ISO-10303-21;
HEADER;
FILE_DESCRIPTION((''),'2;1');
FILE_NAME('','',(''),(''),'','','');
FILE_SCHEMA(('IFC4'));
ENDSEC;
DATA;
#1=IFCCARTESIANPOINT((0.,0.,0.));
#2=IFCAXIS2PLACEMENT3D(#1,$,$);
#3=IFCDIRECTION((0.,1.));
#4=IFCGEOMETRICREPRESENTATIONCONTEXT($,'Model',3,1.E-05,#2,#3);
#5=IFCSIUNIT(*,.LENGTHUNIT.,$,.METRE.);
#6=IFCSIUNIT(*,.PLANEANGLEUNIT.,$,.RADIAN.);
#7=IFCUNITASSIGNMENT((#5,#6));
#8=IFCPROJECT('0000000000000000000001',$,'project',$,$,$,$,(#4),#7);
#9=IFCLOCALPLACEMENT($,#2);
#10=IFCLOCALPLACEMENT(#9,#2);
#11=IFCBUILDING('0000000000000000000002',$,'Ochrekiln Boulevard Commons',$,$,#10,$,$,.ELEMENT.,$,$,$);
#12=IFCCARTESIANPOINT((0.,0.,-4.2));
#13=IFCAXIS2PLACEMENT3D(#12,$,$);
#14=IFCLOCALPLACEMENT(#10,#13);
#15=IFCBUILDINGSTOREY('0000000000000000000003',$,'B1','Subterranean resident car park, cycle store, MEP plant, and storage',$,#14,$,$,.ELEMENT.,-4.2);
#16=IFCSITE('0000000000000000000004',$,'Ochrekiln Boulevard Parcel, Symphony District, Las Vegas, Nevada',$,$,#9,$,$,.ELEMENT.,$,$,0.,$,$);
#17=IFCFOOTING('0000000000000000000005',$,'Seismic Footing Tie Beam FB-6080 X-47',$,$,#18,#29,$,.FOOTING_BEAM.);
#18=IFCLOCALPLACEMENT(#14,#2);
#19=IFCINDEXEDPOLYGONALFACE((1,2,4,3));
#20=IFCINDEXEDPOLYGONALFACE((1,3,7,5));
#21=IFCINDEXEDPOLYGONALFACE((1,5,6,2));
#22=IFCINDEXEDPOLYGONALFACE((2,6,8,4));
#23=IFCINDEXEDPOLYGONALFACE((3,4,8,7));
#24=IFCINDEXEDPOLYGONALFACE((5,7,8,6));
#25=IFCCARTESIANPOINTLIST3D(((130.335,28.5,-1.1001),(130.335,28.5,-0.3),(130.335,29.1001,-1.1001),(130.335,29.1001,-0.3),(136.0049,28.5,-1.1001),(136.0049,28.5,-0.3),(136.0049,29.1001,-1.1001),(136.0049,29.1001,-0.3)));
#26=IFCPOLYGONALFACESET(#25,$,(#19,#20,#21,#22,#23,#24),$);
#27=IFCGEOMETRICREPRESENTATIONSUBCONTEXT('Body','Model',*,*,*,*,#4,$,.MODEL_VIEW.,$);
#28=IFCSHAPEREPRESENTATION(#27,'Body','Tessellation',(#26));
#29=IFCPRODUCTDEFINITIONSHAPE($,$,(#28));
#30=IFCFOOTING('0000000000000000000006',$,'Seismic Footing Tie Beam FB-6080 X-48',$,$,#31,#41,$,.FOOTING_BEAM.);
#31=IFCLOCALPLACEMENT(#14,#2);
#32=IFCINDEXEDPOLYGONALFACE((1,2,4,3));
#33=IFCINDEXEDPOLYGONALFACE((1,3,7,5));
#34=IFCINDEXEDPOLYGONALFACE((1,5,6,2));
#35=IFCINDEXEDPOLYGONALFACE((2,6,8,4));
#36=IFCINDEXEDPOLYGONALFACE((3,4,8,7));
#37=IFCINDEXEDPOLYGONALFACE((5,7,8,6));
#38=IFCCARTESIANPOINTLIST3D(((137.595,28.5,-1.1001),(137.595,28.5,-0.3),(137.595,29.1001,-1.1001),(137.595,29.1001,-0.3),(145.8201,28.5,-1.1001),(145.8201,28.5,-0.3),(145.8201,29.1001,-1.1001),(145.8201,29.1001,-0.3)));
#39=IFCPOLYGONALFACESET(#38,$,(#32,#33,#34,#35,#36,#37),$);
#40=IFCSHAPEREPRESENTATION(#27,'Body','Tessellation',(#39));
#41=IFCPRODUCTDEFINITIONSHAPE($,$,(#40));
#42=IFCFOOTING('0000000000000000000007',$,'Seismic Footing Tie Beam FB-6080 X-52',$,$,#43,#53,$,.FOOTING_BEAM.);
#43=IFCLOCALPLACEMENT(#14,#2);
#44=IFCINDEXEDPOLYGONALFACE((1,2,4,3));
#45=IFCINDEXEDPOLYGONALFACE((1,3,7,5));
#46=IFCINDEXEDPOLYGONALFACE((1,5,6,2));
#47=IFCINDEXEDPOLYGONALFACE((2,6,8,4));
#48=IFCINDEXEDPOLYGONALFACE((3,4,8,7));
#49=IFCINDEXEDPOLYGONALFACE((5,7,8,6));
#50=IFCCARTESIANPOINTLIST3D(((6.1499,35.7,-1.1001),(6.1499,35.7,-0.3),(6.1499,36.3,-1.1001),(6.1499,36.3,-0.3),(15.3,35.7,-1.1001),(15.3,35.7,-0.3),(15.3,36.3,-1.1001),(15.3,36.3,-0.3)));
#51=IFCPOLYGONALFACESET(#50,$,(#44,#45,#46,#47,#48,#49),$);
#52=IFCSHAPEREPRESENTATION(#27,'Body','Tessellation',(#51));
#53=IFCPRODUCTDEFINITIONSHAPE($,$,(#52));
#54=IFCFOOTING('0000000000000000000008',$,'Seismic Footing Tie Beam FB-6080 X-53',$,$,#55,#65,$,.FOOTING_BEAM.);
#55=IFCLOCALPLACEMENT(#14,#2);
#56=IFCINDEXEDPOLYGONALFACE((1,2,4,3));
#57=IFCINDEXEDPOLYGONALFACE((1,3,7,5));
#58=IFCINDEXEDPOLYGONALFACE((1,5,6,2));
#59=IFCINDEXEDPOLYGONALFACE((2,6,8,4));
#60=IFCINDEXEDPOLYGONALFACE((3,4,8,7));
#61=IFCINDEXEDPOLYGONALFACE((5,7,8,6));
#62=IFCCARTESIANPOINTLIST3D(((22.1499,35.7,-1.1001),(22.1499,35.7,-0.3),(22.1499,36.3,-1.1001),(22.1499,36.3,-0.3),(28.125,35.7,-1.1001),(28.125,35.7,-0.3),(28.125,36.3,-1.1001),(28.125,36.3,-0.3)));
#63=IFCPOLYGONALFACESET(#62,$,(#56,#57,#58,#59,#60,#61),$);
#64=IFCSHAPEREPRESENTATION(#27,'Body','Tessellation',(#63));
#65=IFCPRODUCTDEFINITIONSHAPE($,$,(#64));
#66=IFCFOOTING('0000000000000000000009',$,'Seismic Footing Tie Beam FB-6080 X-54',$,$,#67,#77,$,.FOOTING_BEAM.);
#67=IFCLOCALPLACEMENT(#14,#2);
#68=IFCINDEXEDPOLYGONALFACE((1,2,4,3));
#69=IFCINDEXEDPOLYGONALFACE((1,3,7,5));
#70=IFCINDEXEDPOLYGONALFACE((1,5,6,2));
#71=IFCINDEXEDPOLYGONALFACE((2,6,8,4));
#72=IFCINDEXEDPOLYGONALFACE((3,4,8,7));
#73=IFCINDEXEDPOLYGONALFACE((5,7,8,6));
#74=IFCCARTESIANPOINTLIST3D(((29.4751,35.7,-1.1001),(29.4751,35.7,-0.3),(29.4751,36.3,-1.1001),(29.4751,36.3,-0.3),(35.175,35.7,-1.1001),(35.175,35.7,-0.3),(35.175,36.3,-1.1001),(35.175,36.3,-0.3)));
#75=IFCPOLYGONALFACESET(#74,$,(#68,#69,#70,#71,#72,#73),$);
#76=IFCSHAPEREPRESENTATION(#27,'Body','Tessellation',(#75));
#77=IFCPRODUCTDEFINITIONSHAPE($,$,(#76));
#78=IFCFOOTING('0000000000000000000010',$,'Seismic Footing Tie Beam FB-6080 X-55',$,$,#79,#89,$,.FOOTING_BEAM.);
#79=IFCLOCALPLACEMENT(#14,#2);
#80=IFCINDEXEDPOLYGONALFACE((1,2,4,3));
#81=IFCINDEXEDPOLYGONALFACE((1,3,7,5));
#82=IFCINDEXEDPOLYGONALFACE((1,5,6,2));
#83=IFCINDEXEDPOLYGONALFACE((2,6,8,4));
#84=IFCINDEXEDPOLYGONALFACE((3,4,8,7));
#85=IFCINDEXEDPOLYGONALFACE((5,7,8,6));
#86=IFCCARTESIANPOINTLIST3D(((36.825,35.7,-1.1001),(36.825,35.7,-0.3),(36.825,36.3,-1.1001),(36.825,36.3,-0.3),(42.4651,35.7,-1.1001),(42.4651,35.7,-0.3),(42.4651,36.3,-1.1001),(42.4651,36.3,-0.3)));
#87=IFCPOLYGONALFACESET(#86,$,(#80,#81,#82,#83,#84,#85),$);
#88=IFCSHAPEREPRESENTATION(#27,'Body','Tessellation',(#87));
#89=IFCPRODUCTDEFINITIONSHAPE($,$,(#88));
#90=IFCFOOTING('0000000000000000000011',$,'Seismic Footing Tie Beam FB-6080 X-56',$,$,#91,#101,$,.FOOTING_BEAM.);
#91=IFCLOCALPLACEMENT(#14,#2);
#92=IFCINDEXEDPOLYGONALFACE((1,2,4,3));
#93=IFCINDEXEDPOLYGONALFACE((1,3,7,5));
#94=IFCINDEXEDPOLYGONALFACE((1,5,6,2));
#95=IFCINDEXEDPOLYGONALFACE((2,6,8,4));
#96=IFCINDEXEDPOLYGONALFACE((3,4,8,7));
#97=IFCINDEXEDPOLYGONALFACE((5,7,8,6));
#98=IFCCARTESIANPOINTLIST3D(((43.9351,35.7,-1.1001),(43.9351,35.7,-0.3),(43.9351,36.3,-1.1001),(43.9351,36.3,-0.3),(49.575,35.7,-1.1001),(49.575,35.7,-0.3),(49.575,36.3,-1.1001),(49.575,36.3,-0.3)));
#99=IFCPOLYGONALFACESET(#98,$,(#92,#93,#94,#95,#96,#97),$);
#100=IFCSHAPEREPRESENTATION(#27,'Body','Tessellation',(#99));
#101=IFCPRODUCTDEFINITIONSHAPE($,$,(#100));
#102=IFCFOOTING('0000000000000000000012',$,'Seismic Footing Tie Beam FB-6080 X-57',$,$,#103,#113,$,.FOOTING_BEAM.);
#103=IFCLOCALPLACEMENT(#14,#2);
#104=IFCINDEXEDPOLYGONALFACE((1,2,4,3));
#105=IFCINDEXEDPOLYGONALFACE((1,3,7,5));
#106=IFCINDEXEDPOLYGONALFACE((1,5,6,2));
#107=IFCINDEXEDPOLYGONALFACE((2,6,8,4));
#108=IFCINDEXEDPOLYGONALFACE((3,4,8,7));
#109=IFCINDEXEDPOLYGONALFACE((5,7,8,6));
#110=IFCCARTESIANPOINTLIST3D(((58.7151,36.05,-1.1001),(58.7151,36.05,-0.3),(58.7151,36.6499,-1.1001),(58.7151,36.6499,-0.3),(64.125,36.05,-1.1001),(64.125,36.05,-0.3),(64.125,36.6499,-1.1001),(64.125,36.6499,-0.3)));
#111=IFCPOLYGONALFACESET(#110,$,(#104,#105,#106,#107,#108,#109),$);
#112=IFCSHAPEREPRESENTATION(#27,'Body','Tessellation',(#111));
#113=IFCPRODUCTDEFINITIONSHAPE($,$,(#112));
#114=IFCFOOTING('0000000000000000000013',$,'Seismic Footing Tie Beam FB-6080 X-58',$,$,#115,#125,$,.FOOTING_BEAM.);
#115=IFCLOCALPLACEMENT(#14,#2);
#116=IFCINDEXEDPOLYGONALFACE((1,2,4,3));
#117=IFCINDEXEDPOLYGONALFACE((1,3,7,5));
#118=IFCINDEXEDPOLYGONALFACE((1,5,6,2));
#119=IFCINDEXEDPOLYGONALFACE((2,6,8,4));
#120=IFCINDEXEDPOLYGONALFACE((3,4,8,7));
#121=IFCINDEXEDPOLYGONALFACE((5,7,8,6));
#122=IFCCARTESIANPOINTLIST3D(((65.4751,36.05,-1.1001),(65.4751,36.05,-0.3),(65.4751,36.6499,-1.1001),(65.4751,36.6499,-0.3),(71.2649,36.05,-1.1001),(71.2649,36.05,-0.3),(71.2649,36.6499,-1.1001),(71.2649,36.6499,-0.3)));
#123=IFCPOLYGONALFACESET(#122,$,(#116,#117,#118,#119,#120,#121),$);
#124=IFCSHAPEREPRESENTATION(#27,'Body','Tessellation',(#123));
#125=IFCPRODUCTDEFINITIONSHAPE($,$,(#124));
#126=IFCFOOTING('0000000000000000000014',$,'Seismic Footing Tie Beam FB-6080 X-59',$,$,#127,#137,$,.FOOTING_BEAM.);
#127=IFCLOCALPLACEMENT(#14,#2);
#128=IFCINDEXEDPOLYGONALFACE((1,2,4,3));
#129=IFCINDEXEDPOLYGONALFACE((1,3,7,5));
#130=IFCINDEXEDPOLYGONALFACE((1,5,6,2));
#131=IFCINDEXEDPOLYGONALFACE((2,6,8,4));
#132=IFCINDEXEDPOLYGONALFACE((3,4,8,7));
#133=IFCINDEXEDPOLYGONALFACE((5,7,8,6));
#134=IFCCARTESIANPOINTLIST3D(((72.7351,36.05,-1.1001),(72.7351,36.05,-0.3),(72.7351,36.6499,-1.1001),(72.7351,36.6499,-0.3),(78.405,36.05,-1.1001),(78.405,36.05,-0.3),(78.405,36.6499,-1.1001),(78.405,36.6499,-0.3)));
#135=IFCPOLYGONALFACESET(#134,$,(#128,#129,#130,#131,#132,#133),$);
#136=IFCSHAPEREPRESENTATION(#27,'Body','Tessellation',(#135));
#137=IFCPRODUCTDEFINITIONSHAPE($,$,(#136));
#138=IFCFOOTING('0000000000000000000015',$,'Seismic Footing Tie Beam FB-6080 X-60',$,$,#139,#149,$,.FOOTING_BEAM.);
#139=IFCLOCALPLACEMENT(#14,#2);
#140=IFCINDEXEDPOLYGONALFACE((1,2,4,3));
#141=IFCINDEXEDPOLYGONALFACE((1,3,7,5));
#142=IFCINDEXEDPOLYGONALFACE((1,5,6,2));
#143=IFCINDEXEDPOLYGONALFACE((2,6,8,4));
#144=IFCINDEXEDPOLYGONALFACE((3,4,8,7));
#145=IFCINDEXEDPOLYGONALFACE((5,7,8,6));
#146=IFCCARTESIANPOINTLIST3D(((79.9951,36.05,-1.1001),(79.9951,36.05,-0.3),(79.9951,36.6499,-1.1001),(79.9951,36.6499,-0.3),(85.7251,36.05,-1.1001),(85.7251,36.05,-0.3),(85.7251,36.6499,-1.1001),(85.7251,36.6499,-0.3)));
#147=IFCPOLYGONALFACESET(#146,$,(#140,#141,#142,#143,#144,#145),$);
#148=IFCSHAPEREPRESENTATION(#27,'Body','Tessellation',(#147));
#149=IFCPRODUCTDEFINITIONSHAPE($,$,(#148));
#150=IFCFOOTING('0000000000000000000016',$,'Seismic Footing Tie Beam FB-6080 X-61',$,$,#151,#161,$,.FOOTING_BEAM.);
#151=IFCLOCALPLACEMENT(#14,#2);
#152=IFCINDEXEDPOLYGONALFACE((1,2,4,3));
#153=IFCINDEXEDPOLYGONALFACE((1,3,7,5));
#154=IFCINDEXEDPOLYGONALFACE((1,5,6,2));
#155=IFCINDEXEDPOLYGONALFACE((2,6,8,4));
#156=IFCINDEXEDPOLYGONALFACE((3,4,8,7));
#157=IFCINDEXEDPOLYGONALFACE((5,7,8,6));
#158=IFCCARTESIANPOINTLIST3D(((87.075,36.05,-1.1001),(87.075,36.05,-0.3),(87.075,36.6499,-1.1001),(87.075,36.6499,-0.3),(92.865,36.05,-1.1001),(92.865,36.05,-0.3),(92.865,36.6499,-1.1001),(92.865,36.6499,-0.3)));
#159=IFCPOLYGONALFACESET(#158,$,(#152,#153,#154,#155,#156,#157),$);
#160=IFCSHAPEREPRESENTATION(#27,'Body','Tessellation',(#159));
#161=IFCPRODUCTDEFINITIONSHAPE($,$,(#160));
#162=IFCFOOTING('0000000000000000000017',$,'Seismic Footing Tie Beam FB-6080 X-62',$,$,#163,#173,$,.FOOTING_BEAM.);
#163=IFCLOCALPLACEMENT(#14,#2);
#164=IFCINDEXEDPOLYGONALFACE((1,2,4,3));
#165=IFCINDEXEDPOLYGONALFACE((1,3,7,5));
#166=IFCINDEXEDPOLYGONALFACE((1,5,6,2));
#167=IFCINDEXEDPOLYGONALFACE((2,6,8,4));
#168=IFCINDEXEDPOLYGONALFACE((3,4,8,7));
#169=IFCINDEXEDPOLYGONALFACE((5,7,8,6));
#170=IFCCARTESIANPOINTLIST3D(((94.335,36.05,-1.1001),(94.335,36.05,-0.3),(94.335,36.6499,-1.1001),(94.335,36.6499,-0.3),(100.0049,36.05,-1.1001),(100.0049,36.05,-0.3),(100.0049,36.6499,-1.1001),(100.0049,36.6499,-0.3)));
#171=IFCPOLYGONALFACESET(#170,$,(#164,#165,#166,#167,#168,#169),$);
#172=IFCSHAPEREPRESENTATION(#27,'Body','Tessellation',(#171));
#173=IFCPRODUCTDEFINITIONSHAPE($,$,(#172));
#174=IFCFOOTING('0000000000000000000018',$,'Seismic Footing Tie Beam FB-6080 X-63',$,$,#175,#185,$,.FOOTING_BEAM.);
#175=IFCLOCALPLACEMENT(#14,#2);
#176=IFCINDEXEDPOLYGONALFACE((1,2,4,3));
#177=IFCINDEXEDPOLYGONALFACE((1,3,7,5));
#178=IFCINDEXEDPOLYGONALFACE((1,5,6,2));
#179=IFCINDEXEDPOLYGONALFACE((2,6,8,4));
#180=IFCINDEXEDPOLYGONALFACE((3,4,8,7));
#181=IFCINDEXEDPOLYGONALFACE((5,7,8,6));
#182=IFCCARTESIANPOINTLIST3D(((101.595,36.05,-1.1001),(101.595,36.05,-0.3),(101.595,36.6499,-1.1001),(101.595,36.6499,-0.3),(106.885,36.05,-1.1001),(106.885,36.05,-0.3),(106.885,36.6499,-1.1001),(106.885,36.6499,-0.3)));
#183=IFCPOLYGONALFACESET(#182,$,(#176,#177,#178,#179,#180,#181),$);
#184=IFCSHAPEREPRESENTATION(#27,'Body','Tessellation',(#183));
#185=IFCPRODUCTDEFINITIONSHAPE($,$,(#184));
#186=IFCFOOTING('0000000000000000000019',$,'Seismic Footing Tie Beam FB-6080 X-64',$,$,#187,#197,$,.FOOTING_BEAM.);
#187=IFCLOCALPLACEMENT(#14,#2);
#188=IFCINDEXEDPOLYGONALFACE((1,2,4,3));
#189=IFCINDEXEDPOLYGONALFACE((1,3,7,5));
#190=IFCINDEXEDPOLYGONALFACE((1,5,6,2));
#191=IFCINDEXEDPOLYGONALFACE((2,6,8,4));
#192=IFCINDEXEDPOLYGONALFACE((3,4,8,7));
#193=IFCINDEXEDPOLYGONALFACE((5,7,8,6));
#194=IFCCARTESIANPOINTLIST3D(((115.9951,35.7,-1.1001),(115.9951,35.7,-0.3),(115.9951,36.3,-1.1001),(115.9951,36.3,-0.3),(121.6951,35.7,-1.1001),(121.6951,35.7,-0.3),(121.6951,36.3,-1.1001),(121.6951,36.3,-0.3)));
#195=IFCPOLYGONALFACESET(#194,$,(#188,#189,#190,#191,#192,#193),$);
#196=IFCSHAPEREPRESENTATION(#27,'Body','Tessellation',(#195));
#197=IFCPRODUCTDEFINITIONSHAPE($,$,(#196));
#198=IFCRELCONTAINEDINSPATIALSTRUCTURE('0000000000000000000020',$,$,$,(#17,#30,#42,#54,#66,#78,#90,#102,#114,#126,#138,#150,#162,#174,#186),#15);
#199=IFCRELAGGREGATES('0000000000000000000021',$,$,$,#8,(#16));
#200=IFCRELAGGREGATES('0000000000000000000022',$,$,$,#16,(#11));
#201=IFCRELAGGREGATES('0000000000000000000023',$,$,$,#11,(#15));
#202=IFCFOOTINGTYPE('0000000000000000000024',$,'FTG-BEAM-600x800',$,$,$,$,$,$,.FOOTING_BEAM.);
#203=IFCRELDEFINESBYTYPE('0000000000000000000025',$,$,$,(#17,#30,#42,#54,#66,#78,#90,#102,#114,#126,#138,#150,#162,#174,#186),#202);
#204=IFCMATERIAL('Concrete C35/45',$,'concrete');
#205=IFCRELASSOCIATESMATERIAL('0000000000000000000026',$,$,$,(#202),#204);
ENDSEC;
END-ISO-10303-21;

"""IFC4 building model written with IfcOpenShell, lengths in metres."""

from ifc_helpers import new_model, si_unit, direction, frame, origin, place, context, subcontext, project, spatial, polyline, outline, extrude, material, type_object, element, save


model = new_model("IFC4")

# Units and contexts
model_context = context("Model", 3, precision=1e-05, world=origin(), true_north=direction((0.0, 1.0)))
body_context = subcontext(model_context, "Body", "Model", "MODEL_VIEW")
ifc_project = project(units=[si_unit("LENGTHUNIT", "METRE"), si_unit("PLANEANGLEUNIT", "RADIAN")], contexts=[model_context])

# Site, building, storey
site_placement = place(None, origin())
site = spatial("IfcSite", under=ifc_project, at=site_placement, Name="Ochrekiln Boulevard Parcel, Symphony District, Las Vegas, Nevada", CompositionType="ELEMENT", RefElevation=0.0)
building_placement = place(site_placement, origin())
building = spatial("IfcBuilding", under=site, at=building_placement, Name="Ochrekiln Boulevard Commons", CompositionType="ELEMENT")
storey_placement = place(building_placement, frame((0.0, 0.0, -4.2)))
storey = spatial("IfcBuildingStorey", under=building, at=storey_placement, Name="B1", Description="Subterranean resident car park, cycle store, MEP plant, and storage", CompositionType="ELEMENT", Elevation=-4.2)

# Footings
ifc_material = material(Name="Concrete C35/45", Category="concrete")
footing_type = type_object("IfcFootingType", Name="FTG-BEAM-600x800", PredefinedType="FOOTING_BEAM", material=ifc_material)
footing_1_placement = place(storey_placement, frame((0.0, 0.0, -1.1001)))
element("IfcFooting", 1, at=footing_1_placement, inside=storey, type_object=footing_type, Name="Seismic Footing Tie Beam FB-6080 X-47", PredefinedType="FOOTING_BEAM", context=body_context, shape_type="SweptSolid", body=[
    extrude(outline(polyline([(130.335, 28.5), (136.0049, 28.5), (136.0049, 29.1001), (130.335, 29.1001), (130.335, 28.5)])), origin(), (0.0, 0.0, 1.0), 0.8),
])
footing_2_placement = place(storey_placement, frame((0.0, 0.0, -1.1001)))
element("IfcFooting", 2, at=footing_2_placement, inside=storey, type_object=footing_type, Name="Seismic Footing Tie Beam FB-6080 X-48", PredefinedType="FOOTING_BEAM", context=body_context, shape_type="SweptSolid", body=[
    extrude(outline(polyline([(137.595, 28.5), (145.8201, 28.5), (145.8201, 29.1001), (137.595, 29.1001), (137.595, 28.5)])), origin(), (0.0, 0.0, 1.0), 0.8),
])
footing_3_placement = place(storey_placement, frame((0.0, 0.0, -1.1001)))
element("IfcFooting", 3, at=footing_3_placement, inside=storey, type_object=footing_type, Name="Seismic Footing Tie Beam FB-6080 X-52", PredefinedType="FOOTING_BEAM", context=body_context, shape_type="SweptSolid", body=[
    extrude(outline(polyline([(6.1499, 35.7), (15.3, 35.7), (15.3, 36.3), (6.1499, 36.3), (6.1499, 35.7)])), origin(), (0.0, 0.0, 1.0), 0.8),
])
footing_4_placement = place(storey_placement, frame((0.0, 0.0, -1.1001)))
element("IfcFooting", 4, at=footing_4_placement, inside=storey, type_object=footing_type, Name="Seismic Footing Tie Beam FB-6080 X-53", PredefinedType="FOOTING_BEAM", context=body_context, shape_type="SweptSolid", body=[
    extrude(outline(polyline([(22.1499, 35.7), (28.125, 35.7), (28.125, 36.3), (22.1499, 36.3), (22.1499, 35.7)])), origin(), (0.0, 0.0, 1.0), 0.8),
])
footing_5_placement = place(storey_placement, frame((0.0, 0.0, -1.1001)))
element("IfcFooting", 5, at=footing_5_placement, inside=storey, type_object=footing_type, Name="Seismic Footing Tie Beam FB-6080 X-54", PredefinedType="FOOTING_BEAM", context=body_context, shape_type="SweptSolid", body=[
    extrude(outline(polyline([(29.4751, 35.7), (35.175, 35.7), (35.175, 36.3), (29.4751, 36.3), (29.4751, 35.7)])), origin(), (0.0, 0.0, 1.0), 0.8),
])
footing_6_placement = place(storey_placement, frame((0.0, 0.0, -1.1001)))
element("IfcFooting", 6, at=footing_6_placement, inside=storey, type_object=footing_type, Name="Seismic Footing Tie Beam FB-6080 X-55", PredefinedType="FOOTING_BEAM", context=body_context, shape_type="SweptSolid", body=[
    extrude(outline(polyline([(36.825, 35.7), (42.4651, 35.7), (42.4651, 36.3), (36.825, 36.3), (36.825, 35.7)])), origin(), (0.0, 0.0, 1.0), 0.8),
])
footing_7_placement = place(storey_placement, frame((0.0, 0.0, -1.1001)))
element("IfcFooting", 7, at=footing_7_placement, inside=storey, type_object=footing_type, Name="Seismic Footing Tie Beam FB-6080 X-56", PredefinedType="FOOTING_BEAM", context=body_context, shape_type="SweptSolid", body=[
    extrude(outline(polyline([(43.9351, 35.7), (49.575, 35.7), (49.575, 36.3), (43.9351, 36.3), (43.9351, 35.7)])), origin(), (0.0, 0.0, 1.0), 0.8),
])
footing_8_placement = place(storey_placement, frame((0.0, 0.0, -1.1001)))
element("IfcFooting", 8, at=footing_8_placement, inside=storey, type_object=footing_type, Name="Seismic Footing Tie Beam FB-6080 X-57", PredefinedType="FOOTING_BEAM", context=body_context, shape_type="SweptSolid", body=[
    extrude(outline(polyline([(58.7151, 36.05), (64.125, 36.05), (64.125, 36.6499), (58.7151, 36.6499), (58.7151, 36.05)])), origin(), (0.0, 0.0, 1.0), 0.8),
])
footing_9_placement = place(storey_placement, frame((0.0, 0.0, -1.1001)))
element("IfcFooting", 9, at=footing_9_placement, inside=storey, type_object=footing_type, Name="Seismic Footing Tie Beam FB-6080 X-58", PredefinedType="FOOTING_BEAM", context=body_context, shape_type="SweptSolid", body=[
    extrude(outline(polyline([(65.4751, 36.05), (71.2649, 36.05), (71.2649, 36.6499), (65.4751, 36.6499), (65.4751, 36.05)])), origin(), (0.0, 0.0, 1.0), 0.8),
])
footing_10_placement = place(storey_placement, frame((0.0, 0.0, -1.1001)))
element("IfcFooting", 10, at=footing_10_placement, inside=storey, type_object=footing_type, Name="Seismic Footing Tie Beam FB-6080 X-59", PredefinedType="FOOTING_BEAM", context=body_context, shape_type="SweptSolid", body=[
    extrude(outline(polyline([(72.7351, 36.05), (78.405, 36.05), (78.405, 36.6499), (72.7351, 36.6499), (72.7351, 36.05)])), origin(), (0.0, 0.0, 1.0), 0.8),
])
footing_11_placement = place(storey_placement, frame((0.0, 0.0, -1.1001)))
element("IfcFooting", 11, at=footing_11_placement, inside=storey, type_object=footing_type, Name="Seismic Footing Tie Beam FB-6080 X-60", PredefinedType="FOOTING_BEAM", context=body_context, shape_type="SweptSolid", body=[
    extrude(outline(polyline([(79.9951, 36.05), (85.7251, 36.05), (85.7251, 36.6499), (79.9951, 36.6499), (79.9951, 36.05)])), origin(), (0.0, 0.0, 1.0), 0.8),
])
footing_12_placement = place(storey_placement, frame((0.0, 0.0, -1.1001)))
element("IfcFooting", 12, at=footing_12_placement, inside=storey, type_object=footing_type, Name="Seismic Footing Tie Beam FB-6080 X-61", PredefinedType="FOOTING_BEAM", context=body_context, shape_type="SweptSolid", body=[
    extrude(outline(polyline([(87.075, 36.05), (92.865, 36.05), (92.865, 36.6499), (87.075, 36.6499), (87.075, 36.05)])), origin(), (0.0, 0.0, 1.0), 0.8),
])
footing_13_placement = place(storey_placement, frame((0.0, 0.0, -1.1001)))
element("IfcFooting", 13, at=footing_13_placement, inside=storey, type_object=footing_type, Name="Seismic Footing Tie Beam FB-6080 X-62", PredefinedType="FOOTING_BEAM", context=body_context, shape_type="SweptSolid", body=[
    extrude(outline(polyline([(94.335, 36.05), (100.0049, 36.05), (100.0049, 36.6499), (94.335, 36.6499), (94.335, 36.05)])), origin(), (0.0, 0.0, 1.0), 0.8),
])
footing_14_placement = place(storey_placement, frame((0.0, 0.0, -1.1001)))
element("IfcFooting", 14, at=footing_14_placement, inside=storey, type_object=footing_type, Name="Seismic Footing Tie Beam FB-6080 X-63", PredefinedType="FOOTING_BEAM", context=body_context, shape_type="SweptSolid", body=[
    extrude(outline(polyline([(101.595, 36.05), (106.885, 36.05), (106.885, 36.6499), (101.595, 36.6499), (101.595, 36.05)])), origin(), (0.0, 0.0, 1.0), 0.8),
])
footing_15_placement = place(storey_placement, frame((0.0, 0.0, -1.1001)))
element("IfcFooting", 15, at=footing_15_placement, inside=storey, type_object=footing_type, Name="Seismic Footing Tie Beam FB-6080 X-64", PredefinedType="FOOTING_BEAM", context=body_context, shape_type="SweptSolid", body=[
    extrude(outline(polyline([(115.9951, 35.7), (121.6951, 35.7), (121.6951, 36.3), (115.9951, 36.3), (115.9951, 35.7)])), origin(), (0.0, 0.0, 1.0), 0.8),
])

save(model, "model.ifc")
